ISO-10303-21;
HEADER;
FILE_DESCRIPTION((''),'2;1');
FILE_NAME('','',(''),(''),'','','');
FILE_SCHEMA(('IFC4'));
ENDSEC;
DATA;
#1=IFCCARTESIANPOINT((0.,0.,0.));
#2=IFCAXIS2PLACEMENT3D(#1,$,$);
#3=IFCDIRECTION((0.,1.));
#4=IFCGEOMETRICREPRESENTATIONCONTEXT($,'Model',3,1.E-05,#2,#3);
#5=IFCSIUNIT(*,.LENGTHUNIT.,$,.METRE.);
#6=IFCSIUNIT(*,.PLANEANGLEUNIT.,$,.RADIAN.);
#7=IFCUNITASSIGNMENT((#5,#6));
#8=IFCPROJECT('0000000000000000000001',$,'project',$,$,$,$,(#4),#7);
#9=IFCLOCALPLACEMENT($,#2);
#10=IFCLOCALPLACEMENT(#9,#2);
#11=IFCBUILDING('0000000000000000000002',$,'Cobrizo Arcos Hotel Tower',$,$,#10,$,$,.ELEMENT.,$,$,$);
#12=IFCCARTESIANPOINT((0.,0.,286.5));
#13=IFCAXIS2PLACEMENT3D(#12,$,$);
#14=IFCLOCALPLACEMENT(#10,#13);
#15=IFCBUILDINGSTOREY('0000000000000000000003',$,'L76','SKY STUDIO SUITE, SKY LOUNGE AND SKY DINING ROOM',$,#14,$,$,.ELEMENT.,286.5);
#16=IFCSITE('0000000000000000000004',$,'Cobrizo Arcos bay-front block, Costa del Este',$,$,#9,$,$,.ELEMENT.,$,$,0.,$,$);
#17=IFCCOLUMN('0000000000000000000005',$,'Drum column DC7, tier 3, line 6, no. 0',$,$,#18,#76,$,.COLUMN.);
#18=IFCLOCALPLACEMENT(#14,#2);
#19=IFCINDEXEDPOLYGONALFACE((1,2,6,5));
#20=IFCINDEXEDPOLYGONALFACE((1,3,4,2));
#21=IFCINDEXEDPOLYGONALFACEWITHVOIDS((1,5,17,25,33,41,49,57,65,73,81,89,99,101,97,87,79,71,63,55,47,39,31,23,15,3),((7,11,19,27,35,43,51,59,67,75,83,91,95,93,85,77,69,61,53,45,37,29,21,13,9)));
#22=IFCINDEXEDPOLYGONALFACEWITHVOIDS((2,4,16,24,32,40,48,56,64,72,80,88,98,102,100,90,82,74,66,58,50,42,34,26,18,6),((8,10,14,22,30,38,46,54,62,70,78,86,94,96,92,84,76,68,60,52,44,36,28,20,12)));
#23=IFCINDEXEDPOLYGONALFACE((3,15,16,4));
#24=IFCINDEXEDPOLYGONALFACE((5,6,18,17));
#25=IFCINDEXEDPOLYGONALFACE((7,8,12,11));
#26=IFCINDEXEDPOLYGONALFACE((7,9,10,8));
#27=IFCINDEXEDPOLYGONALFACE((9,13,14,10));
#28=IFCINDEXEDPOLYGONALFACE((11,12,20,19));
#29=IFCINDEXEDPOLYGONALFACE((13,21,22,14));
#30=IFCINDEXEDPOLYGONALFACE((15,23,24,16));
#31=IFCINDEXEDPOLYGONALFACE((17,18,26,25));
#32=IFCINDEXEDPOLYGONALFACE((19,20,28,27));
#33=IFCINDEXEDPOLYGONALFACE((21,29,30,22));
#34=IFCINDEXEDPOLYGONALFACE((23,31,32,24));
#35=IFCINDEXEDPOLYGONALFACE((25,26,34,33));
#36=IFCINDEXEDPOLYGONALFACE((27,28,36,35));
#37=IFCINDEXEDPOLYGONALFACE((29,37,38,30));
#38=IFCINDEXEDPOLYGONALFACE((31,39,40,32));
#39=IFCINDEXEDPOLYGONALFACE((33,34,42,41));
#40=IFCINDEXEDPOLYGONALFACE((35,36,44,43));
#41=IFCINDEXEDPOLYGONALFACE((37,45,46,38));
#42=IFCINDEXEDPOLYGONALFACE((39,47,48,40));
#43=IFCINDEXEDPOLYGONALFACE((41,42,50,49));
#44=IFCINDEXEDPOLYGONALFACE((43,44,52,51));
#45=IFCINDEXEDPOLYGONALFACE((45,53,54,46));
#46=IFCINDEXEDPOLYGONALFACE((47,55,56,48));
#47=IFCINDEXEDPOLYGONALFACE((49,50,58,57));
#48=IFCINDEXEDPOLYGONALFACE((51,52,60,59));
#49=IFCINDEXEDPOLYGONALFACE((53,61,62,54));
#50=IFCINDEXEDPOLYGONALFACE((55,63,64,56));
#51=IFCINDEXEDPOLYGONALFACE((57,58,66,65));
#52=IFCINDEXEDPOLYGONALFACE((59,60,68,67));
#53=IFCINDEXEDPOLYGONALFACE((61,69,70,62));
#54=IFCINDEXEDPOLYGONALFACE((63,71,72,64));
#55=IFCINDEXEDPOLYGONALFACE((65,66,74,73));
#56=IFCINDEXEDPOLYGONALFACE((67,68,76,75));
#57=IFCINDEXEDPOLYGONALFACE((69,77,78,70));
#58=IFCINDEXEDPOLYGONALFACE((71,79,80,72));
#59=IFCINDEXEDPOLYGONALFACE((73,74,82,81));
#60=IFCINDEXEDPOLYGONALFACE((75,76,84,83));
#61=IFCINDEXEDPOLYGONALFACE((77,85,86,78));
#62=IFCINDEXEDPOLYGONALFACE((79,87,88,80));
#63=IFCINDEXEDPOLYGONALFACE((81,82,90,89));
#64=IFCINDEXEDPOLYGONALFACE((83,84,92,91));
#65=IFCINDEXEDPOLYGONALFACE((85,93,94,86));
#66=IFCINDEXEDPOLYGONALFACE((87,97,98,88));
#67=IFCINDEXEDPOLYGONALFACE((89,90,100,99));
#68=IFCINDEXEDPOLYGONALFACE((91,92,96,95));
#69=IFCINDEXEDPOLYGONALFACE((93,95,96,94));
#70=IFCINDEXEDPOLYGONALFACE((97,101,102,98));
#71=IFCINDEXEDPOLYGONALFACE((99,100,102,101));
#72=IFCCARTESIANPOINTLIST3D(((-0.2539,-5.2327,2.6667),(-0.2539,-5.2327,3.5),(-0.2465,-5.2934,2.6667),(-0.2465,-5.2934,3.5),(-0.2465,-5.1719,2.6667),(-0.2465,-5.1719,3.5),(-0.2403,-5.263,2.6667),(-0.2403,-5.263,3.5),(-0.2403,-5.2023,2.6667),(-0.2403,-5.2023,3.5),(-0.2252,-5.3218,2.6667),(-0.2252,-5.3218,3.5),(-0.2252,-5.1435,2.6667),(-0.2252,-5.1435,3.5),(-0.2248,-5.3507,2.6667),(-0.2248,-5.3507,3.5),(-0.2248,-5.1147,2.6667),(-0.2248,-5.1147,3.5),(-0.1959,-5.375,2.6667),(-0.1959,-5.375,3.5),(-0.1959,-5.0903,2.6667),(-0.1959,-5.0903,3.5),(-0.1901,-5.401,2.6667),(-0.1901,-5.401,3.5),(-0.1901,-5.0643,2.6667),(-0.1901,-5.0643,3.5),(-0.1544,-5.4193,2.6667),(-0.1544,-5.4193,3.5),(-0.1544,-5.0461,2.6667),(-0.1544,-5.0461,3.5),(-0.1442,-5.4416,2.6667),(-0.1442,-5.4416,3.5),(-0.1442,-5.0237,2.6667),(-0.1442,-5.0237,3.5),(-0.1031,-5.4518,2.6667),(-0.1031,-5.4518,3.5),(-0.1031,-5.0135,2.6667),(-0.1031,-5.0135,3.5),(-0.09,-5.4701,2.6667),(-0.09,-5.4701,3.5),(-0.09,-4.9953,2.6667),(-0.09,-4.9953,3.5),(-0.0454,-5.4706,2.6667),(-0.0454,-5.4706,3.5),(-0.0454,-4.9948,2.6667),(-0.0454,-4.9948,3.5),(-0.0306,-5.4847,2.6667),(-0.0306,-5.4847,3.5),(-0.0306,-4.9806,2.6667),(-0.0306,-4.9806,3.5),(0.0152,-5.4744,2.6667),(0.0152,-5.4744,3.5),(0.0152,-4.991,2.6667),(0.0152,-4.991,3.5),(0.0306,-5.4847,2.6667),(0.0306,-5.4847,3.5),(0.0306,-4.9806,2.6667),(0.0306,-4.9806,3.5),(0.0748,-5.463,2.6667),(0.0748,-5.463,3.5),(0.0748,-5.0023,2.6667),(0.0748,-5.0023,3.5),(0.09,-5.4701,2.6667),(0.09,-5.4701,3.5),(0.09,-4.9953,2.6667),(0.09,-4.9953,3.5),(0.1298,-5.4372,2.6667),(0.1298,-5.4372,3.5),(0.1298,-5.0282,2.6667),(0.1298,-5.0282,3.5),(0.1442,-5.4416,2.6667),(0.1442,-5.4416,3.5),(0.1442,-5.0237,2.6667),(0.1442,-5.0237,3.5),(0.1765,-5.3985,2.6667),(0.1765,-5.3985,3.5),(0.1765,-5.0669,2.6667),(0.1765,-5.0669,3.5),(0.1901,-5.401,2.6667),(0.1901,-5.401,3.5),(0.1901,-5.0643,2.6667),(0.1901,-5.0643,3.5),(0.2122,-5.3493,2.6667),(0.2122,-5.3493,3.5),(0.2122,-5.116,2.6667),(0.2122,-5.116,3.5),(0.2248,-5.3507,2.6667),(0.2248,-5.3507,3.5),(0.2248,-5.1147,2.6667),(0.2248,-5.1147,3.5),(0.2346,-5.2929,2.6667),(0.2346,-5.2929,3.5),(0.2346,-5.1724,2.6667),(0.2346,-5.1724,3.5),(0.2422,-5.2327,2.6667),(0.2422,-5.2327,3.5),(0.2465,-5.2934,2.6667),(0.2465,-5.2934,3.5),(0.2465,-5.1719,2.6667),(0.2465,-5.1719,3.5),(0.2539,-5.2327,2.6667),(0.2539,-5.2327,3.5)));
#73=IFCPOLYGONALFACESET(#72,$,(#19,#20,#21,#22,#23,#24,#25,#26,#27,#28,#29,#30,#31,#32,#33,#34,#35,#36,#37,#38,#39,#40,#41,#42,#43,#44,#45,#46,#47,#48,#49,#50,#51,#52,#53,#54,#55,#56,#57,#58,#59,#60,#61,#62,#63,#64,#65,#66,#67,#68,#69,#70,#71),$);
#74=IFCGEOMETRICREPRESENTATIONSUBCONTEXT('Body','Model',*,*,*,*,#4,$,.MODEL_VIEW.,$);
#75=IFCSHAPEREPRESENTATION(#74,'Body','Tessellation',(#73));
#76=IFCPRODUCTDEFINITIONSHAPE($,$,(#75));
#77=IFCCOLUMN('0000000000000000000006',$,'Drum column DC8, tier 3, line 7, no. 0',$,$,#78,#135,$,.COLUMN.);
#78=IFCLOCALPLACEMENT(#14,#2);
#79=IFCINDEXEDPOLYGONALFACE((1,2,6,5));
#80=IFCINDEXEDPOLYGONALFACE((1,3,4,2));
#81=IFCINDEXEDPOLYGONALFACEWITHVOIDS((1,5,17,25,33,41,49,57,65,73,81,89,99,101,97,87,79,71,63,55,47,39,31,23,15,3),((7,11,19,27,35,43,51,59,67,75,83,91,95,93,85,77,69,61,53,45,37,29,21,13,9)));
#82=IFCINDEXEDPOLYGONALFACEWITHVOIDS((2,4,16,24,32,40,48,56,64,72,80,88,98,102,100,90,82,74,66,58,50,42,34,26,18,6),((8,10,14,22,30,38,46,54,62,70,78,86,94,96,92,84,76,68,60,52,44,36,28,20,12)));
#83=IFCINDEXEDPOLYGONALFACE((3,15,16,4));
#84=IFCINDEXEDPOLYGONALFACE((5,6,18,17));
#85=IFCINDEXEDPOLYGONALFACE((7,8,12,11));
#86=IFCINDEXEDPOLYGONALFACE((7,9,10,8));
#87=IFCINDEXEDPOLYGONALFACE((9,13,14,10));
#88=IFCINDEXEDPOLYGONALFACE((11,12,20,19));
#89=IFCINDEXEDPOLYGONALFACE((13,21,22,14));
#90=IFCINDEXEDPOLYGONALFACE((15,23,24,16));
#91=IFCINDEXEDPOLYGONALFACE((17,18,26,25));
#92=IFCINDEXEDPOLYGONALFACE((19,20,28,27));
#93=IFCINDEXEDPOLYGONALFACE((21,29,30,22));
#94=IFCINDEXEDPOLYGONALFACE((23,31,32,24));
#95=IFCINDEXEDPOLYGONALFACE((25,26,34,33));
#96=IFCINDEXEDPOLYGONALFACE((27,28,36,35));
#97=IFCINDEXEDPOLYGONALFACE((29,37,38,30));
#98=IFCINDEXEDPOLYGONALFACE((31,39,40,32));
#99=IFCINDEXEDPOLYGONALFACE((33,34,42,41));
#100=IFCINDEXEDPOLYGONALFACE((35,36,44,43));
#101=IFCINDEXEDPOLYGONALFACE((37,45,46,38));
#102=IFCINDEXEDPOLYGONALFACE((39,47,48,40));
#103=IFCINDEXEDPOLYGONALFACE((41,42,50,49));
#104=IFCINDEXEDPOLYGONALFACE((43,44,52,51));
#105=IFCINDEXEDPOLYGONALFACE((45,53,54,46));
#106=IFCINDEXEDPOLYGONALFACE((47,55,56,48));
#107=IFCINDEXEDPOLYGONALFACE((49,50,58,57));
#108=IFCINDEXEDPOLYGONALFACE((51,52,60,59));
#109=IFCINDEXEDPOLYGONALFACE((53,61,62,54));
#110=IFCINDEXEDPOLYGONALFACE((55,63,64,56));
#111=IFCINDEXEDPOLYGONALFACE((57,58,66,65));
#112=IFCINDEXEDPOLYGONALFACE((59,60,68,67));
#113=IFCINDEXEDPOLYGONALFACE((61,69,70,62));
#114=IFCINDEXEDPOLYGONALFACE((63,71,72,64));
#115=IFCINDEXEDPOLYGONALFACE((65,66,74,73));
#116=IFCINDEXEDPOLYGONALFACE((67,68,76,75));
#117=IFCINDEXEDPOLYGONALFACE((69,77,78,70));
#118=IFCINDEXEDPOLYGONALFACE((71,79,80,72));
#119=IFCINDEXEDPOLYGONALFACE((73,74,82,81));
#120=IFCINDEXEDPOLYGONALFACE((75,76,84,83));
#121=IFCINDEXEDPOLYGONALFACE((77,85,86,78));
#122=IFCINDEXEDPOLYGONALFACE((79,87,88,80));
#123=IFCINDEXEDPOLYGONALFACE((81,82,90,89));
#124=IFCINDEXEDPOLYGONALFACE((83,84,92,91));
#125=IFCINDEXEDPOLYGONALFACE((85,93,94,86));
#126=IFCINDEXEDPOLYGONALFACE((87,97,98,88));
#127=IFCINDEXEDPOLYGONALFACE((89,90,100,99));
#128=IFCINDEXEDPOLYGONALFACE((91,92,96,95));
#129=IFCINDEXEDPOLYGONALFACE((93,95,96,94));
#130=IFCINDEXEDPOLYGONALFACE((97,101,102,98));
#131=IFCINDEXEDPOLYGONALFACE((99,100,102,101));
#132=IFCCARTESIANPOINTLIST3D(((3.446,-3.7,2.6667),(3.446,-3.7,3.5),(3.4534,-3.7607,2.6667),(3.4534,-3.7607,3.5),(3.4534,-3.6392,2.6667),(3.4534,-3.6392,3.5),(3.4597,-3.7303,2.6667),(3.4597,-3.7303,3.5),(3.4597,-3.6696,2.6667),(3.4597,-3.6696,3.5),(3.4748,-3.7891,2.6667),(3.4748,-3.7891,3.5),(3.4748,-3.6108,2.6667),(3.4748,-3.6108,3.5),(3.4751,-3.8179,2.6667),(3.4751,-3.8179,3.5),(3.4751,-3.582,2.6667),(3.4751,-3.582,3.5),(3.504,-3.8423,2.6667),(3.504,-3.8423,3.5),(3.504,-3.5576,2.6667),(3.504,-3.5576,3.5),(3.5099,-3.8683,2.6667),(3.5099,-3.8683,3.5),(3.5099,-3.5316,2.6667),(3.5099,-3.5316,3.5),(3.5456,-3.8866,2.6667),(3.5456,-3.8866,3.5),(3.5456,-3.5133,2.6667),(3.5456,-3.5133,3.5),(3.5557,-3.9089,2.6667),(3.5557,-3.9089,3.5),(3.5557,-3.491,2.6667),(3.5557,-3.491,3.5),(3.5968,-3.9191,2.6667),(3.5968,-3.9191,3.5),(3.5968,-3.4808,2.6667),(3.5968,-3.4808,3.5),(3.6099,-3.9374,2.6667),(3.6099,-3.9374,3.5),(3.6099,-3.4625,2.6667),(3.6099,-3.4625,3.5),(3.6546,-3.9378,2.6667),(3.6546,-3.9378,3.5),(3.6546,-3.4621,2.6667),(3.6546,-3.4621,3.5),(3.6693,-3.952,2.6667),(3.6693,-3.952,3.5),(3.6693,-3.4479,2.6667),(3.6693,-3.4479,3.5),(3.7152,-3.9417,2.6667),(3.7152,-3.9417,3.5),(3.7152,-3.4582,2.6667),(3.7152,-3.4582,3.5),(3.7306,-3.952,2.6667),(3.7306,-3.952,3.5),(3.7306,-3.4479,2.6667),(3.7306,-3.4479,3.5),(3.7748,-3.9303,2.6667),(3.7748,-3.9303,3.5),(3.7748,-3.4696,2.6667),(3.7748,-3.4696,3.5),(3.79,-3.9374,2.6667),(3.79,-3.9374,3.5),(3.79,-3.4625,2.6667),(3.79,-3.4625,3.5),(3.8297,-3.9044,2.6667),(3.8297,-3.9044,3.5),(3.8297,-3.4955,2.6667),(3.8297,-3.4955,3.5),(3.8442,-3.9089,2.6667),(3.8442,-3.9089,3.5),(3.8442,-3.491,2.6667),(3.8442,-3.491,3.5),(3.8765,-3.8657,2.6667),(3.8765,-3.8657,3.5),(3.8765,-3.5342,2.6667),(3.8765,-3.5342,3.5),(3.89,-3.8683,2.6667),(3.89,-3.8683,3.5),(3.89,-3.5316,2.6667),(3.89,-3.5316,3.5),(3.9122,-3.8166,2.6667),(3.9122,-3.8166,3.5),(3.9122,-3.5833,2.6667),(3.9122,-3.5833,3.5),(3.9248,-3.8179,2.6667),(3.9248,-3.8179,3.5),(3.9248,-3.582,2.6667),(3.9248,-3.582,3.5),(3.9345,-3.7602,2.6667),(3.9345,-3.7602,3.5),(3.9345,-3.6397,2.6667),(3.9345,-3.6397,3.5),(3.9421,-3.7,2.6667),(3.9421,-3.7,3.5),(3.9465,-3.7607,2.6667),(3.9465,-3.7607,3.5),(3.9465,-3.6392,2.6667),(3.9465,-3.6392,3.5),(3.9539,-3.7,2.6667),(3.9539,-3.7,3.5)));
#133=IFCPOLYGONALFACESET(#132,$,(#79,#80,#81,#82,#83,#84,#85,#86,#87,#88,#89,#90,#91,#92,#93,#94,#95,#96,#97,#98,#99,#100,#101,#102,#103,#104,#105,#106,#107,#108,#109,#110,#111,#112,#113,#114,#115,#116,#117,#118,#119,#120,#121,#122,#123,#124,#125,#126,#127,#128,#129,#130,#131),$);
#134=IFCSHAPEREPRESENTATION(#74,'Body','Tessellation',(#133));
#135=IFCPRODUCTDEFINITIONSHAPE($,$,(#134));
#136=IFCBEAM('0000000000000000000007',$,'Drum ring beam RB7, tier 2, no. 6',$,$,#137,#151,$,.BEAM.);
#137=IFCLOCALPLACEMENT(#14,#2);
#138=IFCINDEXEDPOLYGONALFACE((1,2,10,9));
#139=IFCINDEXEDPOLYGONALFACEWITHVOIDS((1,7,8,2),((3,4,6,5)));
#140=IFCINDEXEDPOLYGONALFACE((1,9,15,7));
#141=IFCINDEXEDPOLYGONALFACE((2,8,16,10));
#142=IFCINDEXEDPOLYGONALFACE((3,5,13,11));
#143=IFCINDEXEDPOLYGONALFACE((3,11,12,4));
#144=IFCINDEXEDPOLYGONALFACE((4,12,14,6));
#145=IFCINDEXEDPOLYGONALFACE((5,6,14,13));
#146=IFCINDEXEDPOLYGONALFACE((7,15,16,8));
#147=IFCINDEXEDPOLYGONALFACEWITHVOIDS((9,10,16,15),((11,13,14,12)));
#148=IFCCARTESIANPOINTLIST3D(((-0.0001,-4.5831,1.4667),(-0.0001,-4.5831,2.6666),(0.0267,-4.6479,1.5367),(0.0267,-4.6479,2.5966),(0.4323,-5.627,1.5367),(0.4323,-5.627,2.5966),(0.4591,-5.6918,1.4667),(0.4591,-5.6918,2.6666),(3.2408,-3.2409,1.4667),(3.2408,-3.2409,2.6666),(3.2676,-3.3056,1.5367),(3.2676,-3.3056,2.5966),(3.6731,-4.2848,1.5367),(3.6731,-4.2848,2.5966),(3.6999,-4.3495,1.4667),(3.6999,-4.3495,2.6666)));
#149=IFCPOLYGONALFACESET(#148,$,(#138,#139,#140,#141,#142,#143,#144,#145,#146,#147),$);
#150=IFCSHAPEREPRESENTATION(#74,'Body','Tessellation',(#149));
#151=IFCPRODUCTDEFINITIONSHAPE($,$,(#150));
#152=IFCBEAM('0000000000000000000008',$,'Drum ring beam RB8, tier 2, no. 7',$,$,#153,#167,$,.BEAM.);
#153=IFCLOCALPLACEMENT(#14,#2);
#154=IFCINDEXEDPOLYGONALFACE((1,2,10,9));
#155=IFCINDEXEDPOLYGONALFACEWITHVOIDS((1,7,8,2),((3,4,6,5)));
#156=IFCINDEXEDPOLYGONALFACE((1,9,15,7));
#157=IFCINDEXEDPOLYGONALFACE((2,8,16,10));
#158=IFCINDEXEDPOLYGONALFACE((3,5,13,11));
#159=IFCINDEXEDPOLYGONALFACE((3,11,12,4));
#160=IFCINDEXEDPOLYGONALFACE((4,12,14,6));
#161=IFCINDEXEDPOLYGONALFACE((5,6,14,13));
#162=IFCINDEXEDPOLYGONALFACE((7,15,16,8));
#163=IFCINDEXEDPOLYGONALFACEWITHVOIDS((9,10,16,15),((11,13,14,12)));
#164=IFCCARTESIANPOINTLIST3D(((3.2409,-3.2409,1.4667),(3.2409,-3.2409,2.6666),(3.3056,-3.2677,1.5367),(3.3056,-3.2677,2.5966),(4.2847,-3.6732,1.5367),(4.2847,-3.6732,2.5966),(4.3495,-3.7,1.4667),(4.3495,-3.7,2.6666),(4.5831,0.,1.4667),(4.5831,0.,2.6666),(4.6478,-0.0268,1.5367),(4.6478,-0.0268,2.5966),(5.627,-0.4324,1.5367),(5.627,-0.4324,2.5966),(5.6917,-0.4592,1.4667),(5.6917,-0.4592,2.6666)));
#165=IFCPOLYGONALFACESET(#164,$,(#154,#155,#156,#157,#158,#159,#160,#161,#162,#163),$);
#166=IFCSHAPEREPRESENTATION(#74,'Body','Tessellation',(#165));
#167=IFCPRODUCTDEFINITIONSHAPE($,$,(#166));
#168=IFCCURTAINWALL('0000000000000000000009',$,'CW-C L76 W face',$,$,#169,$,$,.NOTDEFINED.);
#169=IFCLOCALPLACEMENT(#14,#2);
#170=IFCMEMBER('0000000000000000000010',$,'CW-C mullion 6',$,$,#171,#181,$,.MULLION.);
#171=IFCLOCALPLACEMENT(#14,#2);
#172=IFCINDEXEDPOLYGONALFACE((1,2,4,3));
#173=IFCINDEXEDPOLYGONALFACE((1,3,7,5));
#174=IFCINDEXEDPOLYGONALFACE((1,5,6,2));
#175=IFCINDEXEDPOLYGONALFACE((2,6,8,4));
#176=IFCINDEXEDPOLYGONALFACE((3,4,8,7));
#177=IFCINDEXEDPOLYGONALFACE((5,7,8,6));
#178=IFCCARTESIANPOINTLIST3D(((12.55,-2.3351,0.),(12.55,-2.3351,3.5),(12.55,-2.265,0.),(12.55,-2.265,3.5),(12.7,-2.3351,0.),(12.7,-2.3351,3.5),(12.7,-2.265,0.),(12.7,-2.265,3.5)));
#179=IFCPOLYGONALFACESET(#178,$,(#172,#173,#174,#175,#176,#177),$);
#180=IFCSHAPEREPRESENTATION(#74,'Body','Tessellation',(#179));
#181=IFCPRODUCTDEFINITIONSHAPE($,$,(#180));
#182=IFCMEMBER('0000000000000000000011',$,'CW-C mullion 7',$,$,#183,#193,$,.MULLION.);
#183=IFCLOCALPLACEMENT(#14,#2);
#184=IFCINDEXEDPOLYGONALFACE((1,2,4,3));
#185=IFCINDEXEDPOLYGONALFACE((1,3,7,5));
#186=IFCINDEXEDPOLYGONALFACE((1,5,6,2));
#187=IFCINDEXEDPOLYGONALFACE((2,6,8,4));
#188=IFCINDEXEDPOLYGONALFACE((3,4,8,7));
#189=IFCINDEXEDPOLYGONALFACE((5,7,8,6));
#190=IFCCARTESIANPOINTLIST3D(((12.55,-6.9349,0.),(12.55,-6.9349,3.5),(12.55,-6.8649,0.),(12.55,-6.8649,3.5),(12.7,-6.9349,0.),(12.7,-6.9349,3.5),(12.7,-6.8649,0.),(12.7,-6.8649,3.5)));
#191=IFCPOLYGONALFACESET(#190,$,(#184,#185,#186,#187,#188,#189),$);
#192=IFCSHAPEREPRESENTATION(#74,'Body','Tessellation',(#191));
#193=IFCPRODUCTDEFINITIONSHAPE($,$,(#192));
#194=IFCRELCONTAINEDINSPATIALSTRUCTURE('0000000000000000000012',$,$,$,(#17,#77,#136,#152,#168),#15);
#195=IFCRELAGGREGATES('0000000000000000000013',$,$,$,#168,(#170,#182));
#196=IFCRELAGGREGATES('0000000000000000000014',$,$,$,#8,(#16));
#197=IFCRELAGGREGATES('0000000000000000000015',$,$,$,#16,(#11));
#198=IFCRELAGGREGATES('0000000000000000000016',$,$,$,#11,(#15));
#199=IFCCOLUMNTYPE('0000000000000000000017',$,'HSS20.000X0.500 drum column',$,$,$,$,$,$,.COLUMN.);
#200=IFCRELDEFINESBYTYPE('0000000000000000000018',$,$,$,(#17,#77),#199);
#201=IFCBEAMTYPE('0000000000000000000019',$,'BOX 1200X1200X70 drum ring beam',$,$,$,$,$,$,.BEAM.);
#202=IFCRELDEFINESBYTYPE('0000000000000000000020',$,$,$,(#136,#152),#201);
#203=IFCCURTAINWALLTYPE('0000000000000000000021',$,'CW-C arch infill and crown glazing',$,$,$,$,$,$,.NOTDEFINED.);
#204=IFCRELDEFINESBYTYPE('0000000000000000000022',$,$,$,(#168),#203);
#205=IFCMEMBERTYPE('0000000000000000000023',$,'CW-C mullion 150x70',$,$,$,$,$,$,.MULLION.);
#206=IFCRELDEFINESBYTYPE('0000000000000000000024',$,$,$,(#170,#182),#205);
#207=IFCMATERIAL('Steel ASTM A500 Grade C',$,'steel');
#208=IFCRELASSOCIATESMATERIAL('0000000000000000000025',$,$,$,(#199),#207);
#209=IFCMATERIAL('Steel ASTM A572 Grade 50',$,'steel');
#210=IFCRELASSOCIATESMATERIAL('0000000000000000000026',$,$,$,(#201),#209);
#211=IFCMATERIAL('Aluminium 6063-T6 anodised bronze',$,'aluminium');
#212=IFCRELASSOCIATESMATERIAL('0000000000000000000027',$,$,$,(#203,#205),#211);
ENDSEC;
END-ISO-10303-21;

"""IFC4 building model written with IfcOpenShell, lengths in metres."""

from ifc_helpers import new_model, si_unit, direction, frame, origin, origin_2d, place, context, subcontext, project, spatial, rectangle, hollow_rectangle, hollow_circle, extrude, material, material_profile, profile_set, type_object, element, aggregate, save


model = new_model("IFC4")

# Units and contexts
model_context = context("Model", 3, precision=1e-05, world=origin(), true_north=direction((0.0, 1.0)))
body_context = subcontext(model_context, "Body", "Model", "MODEL_VIEW")
ifc_project = project(units=[si_unit("LENGTHUNIT", "METRE"), si_unit("PLANEANGLEUNIT", "RADIAN")], contexts=[model_context])

# Site, building, storey
site_placement = place(None, origin())
site = spatial("IfcSite", under=ifc_project, at=site_placement, Name="Cobrizo Arcos bay-front block, Costa del Este", CompositionType="ELEMENT", RefElevation=0.0)
building_placement = place(site_placement, origin())
building = spatial("IfcBuilding", under=site, at=building_placement, Name="Cobrizo Arcos Hotel Tower", CompositionType="ELEMENT")
storey_placement = place(building_placement, frame((0.0, 0.0, 286.5)))
storey = spatial("IfcBuildingStorey", under=building, at=storey_placement, Name="L76", Description="SKY STUDIO SUITE, SKY LOUNGE AND SKY DINING ROOM", CompositionType="ELEMENT", Elevation=286.5)

# Columns
ifc_material_1 = material(Name="Steel ASTM A500 Grade C", Category="steel")
ifc_material_profile_1 = material_profile(ifc_material_1, hollow_circle(Radius=0.2539, WallThickness=0.0117, at=origin_2d()), Name="HSS20.000X0.500")
ifc_profile_set_1 = profile_set([ifc_material_profile_1], Name="Steel ASTM A500 Grade C")
column_type = type_object("IfcColumnType", Name="HSS20.000X0.500 drum column", PredefinedType="COLUMN", material=ifc_profile_set_1)
for number, where, z_axis, x_axis, name in (
    (1, (0.0, -5.2327, 2.6667), (0.0, 0.0, 1.0), (1.0, 0.0, 0.0), "Drum column DC7, tier 3, line 6, no. 0"),
    (2, (3.7, -3.7, 2.6667), (0.0, 0.0, 1.0), (1.0, 0.0, 0.0), "Drum column DC8, tier 3, line 7, no. 0"),
):
    element("IfcColumn", number, at=place(storey_placement, frame(where, z_axis=z_axis, x_axis=x_axis)), inside=storey, type_object=column_type, Name=name, PredefinedType="COLUMN", context=body_context, shape_type="SweptSolid", body=[
        extrude(hollow_circle(Radius=0.2539, WallThickness=0.0117, at=origin_2d()), origin(), (0.0, 0.0, 1.0), 0.8333),
    ])

# Beams
ifc_material_2 = material(Name="Steel ASTM A572 Grade 50", Category="steel")
ifc_material_profile_2 = material_profile(ifc_material_2, hollow_rectangle(XDim=1.2, YDim=1.2, WallThickness=0.0701, at=origin_2d()), Name="BOX 1200X1200X70")
ifc_profile_set_2 = profile_set([ifc_material_profile_2], Name="Steel ASTM A572 Grade 50")
beam_type = type_object("IfcBeamType", Name="BOX 1200X1200X70 drum ring beam", PredefinedType="BEAM", material=ifc_profile_set_2)
for number, where, z_axis, x_axis, name in (
    (3, (0.2295, -5.1375, 2.0667), (0.923896, 0.382643, 0.0), (-0.382643, 0.923896, 0.0), "Drum ring beam RB7, tier 2, no. 6"),
    (4, (3.7952, -3.4705, 2.0667), (0.382643, 0.923896, 0.0), (-0.923896, 0.382643, 0.0), "Drum ring beam RB8, tier 2, no. 7"),
):
    element("IfcBeam", number, at=place(storey_placement, frame(where, z_axis=z_axis, x_axis=x_axis)), inside=storey, type_object=beam_type, Name=name, PredefinedType="BEAM", context=body_context, shape_type="SweptSolid", body=[
        extrude(hollow_rectangle(XDim=1.2, YDim=1.2, WallThickness=0.0701, at=origin_2d()), origin(), (0.0, 0.0, 1.0), 3.5078),
    ])

# Curtain wall, members
ifc_material_3 = material(Name="Aluminium 6063-T6 anodised bronze", Category="aluminium")
curtain_wall_type = type_object("IfcCurtainWallType", Name="CW-C arch infill and crown glazing", PredefinedType="NOTDEFINED", material=ifc_material_3)
curtain_wall_placement = place(storey_placement, origin())
curtain_wall = element("IfcCurtainWall", 5, at=curtain_wall_placement, inside=storey, type_object=curtain_wall_type, Name="CW-C L76 W face", PredefinedType="NOTDEFINED")
ifc_material_profile_3 = material_profile(ifc_material_3, rectangle(XDim=0.1499, YDim=0.0701, at=origin_2d()), Name="CW-C mullion 150x70")
ifc_profile_set_3 = profile_set([ifc_material_profile_3], Name="Aluminium 6063-T6 anodised bronze")
member_type_1 = type_object("IfcMemberType", Name="CW-C mullion 150x70", PredefinedType="MULLION", material=ifc_profile_set_3)
member_1_placement = place(storey_placement, frame((12.625, -2.3, 0.0), z_axis=(0.0, 0.0, 1.0), x_axis=(-1.0, 0.0, 0.0)))
member_1 = element("IfcMember", 6, at=member_1_placement, type_object=member_type_1, Name="CW-C mullion 6", PredefinedType="MULLION", context=body_context, shape_type="SweptSolid", body=[
    extrude(rectangle(XDim=0.1499, YDim=0.0701, at=origin_2d()), origin(), (0.0, 0.0, 1.0), 3.5),
])
member_2_placement = place(storey_placement, frame((12.625, -6.8999, 0.0), z_axis=(0.0, 0.0, 1.0), x_axis=(-1.0, 0.0, 0.0)))
member_2 = element("IfcMember", 7, at=member_2_placement, type_object=member_type_1, Name="CW-C mullion 7", PredefinedType="MULLION", context=body_context, shape_type="SweptSolid", body=[
    extrude(rectangle(XDim=0.1499, YDim=0.0701, at=origin_2d()), origin(), (0.0, 0.0, 1.0), 3.5),
])
aggregate(curtain_wall, [member_1, member_2])

save(model, "model.ifc")
